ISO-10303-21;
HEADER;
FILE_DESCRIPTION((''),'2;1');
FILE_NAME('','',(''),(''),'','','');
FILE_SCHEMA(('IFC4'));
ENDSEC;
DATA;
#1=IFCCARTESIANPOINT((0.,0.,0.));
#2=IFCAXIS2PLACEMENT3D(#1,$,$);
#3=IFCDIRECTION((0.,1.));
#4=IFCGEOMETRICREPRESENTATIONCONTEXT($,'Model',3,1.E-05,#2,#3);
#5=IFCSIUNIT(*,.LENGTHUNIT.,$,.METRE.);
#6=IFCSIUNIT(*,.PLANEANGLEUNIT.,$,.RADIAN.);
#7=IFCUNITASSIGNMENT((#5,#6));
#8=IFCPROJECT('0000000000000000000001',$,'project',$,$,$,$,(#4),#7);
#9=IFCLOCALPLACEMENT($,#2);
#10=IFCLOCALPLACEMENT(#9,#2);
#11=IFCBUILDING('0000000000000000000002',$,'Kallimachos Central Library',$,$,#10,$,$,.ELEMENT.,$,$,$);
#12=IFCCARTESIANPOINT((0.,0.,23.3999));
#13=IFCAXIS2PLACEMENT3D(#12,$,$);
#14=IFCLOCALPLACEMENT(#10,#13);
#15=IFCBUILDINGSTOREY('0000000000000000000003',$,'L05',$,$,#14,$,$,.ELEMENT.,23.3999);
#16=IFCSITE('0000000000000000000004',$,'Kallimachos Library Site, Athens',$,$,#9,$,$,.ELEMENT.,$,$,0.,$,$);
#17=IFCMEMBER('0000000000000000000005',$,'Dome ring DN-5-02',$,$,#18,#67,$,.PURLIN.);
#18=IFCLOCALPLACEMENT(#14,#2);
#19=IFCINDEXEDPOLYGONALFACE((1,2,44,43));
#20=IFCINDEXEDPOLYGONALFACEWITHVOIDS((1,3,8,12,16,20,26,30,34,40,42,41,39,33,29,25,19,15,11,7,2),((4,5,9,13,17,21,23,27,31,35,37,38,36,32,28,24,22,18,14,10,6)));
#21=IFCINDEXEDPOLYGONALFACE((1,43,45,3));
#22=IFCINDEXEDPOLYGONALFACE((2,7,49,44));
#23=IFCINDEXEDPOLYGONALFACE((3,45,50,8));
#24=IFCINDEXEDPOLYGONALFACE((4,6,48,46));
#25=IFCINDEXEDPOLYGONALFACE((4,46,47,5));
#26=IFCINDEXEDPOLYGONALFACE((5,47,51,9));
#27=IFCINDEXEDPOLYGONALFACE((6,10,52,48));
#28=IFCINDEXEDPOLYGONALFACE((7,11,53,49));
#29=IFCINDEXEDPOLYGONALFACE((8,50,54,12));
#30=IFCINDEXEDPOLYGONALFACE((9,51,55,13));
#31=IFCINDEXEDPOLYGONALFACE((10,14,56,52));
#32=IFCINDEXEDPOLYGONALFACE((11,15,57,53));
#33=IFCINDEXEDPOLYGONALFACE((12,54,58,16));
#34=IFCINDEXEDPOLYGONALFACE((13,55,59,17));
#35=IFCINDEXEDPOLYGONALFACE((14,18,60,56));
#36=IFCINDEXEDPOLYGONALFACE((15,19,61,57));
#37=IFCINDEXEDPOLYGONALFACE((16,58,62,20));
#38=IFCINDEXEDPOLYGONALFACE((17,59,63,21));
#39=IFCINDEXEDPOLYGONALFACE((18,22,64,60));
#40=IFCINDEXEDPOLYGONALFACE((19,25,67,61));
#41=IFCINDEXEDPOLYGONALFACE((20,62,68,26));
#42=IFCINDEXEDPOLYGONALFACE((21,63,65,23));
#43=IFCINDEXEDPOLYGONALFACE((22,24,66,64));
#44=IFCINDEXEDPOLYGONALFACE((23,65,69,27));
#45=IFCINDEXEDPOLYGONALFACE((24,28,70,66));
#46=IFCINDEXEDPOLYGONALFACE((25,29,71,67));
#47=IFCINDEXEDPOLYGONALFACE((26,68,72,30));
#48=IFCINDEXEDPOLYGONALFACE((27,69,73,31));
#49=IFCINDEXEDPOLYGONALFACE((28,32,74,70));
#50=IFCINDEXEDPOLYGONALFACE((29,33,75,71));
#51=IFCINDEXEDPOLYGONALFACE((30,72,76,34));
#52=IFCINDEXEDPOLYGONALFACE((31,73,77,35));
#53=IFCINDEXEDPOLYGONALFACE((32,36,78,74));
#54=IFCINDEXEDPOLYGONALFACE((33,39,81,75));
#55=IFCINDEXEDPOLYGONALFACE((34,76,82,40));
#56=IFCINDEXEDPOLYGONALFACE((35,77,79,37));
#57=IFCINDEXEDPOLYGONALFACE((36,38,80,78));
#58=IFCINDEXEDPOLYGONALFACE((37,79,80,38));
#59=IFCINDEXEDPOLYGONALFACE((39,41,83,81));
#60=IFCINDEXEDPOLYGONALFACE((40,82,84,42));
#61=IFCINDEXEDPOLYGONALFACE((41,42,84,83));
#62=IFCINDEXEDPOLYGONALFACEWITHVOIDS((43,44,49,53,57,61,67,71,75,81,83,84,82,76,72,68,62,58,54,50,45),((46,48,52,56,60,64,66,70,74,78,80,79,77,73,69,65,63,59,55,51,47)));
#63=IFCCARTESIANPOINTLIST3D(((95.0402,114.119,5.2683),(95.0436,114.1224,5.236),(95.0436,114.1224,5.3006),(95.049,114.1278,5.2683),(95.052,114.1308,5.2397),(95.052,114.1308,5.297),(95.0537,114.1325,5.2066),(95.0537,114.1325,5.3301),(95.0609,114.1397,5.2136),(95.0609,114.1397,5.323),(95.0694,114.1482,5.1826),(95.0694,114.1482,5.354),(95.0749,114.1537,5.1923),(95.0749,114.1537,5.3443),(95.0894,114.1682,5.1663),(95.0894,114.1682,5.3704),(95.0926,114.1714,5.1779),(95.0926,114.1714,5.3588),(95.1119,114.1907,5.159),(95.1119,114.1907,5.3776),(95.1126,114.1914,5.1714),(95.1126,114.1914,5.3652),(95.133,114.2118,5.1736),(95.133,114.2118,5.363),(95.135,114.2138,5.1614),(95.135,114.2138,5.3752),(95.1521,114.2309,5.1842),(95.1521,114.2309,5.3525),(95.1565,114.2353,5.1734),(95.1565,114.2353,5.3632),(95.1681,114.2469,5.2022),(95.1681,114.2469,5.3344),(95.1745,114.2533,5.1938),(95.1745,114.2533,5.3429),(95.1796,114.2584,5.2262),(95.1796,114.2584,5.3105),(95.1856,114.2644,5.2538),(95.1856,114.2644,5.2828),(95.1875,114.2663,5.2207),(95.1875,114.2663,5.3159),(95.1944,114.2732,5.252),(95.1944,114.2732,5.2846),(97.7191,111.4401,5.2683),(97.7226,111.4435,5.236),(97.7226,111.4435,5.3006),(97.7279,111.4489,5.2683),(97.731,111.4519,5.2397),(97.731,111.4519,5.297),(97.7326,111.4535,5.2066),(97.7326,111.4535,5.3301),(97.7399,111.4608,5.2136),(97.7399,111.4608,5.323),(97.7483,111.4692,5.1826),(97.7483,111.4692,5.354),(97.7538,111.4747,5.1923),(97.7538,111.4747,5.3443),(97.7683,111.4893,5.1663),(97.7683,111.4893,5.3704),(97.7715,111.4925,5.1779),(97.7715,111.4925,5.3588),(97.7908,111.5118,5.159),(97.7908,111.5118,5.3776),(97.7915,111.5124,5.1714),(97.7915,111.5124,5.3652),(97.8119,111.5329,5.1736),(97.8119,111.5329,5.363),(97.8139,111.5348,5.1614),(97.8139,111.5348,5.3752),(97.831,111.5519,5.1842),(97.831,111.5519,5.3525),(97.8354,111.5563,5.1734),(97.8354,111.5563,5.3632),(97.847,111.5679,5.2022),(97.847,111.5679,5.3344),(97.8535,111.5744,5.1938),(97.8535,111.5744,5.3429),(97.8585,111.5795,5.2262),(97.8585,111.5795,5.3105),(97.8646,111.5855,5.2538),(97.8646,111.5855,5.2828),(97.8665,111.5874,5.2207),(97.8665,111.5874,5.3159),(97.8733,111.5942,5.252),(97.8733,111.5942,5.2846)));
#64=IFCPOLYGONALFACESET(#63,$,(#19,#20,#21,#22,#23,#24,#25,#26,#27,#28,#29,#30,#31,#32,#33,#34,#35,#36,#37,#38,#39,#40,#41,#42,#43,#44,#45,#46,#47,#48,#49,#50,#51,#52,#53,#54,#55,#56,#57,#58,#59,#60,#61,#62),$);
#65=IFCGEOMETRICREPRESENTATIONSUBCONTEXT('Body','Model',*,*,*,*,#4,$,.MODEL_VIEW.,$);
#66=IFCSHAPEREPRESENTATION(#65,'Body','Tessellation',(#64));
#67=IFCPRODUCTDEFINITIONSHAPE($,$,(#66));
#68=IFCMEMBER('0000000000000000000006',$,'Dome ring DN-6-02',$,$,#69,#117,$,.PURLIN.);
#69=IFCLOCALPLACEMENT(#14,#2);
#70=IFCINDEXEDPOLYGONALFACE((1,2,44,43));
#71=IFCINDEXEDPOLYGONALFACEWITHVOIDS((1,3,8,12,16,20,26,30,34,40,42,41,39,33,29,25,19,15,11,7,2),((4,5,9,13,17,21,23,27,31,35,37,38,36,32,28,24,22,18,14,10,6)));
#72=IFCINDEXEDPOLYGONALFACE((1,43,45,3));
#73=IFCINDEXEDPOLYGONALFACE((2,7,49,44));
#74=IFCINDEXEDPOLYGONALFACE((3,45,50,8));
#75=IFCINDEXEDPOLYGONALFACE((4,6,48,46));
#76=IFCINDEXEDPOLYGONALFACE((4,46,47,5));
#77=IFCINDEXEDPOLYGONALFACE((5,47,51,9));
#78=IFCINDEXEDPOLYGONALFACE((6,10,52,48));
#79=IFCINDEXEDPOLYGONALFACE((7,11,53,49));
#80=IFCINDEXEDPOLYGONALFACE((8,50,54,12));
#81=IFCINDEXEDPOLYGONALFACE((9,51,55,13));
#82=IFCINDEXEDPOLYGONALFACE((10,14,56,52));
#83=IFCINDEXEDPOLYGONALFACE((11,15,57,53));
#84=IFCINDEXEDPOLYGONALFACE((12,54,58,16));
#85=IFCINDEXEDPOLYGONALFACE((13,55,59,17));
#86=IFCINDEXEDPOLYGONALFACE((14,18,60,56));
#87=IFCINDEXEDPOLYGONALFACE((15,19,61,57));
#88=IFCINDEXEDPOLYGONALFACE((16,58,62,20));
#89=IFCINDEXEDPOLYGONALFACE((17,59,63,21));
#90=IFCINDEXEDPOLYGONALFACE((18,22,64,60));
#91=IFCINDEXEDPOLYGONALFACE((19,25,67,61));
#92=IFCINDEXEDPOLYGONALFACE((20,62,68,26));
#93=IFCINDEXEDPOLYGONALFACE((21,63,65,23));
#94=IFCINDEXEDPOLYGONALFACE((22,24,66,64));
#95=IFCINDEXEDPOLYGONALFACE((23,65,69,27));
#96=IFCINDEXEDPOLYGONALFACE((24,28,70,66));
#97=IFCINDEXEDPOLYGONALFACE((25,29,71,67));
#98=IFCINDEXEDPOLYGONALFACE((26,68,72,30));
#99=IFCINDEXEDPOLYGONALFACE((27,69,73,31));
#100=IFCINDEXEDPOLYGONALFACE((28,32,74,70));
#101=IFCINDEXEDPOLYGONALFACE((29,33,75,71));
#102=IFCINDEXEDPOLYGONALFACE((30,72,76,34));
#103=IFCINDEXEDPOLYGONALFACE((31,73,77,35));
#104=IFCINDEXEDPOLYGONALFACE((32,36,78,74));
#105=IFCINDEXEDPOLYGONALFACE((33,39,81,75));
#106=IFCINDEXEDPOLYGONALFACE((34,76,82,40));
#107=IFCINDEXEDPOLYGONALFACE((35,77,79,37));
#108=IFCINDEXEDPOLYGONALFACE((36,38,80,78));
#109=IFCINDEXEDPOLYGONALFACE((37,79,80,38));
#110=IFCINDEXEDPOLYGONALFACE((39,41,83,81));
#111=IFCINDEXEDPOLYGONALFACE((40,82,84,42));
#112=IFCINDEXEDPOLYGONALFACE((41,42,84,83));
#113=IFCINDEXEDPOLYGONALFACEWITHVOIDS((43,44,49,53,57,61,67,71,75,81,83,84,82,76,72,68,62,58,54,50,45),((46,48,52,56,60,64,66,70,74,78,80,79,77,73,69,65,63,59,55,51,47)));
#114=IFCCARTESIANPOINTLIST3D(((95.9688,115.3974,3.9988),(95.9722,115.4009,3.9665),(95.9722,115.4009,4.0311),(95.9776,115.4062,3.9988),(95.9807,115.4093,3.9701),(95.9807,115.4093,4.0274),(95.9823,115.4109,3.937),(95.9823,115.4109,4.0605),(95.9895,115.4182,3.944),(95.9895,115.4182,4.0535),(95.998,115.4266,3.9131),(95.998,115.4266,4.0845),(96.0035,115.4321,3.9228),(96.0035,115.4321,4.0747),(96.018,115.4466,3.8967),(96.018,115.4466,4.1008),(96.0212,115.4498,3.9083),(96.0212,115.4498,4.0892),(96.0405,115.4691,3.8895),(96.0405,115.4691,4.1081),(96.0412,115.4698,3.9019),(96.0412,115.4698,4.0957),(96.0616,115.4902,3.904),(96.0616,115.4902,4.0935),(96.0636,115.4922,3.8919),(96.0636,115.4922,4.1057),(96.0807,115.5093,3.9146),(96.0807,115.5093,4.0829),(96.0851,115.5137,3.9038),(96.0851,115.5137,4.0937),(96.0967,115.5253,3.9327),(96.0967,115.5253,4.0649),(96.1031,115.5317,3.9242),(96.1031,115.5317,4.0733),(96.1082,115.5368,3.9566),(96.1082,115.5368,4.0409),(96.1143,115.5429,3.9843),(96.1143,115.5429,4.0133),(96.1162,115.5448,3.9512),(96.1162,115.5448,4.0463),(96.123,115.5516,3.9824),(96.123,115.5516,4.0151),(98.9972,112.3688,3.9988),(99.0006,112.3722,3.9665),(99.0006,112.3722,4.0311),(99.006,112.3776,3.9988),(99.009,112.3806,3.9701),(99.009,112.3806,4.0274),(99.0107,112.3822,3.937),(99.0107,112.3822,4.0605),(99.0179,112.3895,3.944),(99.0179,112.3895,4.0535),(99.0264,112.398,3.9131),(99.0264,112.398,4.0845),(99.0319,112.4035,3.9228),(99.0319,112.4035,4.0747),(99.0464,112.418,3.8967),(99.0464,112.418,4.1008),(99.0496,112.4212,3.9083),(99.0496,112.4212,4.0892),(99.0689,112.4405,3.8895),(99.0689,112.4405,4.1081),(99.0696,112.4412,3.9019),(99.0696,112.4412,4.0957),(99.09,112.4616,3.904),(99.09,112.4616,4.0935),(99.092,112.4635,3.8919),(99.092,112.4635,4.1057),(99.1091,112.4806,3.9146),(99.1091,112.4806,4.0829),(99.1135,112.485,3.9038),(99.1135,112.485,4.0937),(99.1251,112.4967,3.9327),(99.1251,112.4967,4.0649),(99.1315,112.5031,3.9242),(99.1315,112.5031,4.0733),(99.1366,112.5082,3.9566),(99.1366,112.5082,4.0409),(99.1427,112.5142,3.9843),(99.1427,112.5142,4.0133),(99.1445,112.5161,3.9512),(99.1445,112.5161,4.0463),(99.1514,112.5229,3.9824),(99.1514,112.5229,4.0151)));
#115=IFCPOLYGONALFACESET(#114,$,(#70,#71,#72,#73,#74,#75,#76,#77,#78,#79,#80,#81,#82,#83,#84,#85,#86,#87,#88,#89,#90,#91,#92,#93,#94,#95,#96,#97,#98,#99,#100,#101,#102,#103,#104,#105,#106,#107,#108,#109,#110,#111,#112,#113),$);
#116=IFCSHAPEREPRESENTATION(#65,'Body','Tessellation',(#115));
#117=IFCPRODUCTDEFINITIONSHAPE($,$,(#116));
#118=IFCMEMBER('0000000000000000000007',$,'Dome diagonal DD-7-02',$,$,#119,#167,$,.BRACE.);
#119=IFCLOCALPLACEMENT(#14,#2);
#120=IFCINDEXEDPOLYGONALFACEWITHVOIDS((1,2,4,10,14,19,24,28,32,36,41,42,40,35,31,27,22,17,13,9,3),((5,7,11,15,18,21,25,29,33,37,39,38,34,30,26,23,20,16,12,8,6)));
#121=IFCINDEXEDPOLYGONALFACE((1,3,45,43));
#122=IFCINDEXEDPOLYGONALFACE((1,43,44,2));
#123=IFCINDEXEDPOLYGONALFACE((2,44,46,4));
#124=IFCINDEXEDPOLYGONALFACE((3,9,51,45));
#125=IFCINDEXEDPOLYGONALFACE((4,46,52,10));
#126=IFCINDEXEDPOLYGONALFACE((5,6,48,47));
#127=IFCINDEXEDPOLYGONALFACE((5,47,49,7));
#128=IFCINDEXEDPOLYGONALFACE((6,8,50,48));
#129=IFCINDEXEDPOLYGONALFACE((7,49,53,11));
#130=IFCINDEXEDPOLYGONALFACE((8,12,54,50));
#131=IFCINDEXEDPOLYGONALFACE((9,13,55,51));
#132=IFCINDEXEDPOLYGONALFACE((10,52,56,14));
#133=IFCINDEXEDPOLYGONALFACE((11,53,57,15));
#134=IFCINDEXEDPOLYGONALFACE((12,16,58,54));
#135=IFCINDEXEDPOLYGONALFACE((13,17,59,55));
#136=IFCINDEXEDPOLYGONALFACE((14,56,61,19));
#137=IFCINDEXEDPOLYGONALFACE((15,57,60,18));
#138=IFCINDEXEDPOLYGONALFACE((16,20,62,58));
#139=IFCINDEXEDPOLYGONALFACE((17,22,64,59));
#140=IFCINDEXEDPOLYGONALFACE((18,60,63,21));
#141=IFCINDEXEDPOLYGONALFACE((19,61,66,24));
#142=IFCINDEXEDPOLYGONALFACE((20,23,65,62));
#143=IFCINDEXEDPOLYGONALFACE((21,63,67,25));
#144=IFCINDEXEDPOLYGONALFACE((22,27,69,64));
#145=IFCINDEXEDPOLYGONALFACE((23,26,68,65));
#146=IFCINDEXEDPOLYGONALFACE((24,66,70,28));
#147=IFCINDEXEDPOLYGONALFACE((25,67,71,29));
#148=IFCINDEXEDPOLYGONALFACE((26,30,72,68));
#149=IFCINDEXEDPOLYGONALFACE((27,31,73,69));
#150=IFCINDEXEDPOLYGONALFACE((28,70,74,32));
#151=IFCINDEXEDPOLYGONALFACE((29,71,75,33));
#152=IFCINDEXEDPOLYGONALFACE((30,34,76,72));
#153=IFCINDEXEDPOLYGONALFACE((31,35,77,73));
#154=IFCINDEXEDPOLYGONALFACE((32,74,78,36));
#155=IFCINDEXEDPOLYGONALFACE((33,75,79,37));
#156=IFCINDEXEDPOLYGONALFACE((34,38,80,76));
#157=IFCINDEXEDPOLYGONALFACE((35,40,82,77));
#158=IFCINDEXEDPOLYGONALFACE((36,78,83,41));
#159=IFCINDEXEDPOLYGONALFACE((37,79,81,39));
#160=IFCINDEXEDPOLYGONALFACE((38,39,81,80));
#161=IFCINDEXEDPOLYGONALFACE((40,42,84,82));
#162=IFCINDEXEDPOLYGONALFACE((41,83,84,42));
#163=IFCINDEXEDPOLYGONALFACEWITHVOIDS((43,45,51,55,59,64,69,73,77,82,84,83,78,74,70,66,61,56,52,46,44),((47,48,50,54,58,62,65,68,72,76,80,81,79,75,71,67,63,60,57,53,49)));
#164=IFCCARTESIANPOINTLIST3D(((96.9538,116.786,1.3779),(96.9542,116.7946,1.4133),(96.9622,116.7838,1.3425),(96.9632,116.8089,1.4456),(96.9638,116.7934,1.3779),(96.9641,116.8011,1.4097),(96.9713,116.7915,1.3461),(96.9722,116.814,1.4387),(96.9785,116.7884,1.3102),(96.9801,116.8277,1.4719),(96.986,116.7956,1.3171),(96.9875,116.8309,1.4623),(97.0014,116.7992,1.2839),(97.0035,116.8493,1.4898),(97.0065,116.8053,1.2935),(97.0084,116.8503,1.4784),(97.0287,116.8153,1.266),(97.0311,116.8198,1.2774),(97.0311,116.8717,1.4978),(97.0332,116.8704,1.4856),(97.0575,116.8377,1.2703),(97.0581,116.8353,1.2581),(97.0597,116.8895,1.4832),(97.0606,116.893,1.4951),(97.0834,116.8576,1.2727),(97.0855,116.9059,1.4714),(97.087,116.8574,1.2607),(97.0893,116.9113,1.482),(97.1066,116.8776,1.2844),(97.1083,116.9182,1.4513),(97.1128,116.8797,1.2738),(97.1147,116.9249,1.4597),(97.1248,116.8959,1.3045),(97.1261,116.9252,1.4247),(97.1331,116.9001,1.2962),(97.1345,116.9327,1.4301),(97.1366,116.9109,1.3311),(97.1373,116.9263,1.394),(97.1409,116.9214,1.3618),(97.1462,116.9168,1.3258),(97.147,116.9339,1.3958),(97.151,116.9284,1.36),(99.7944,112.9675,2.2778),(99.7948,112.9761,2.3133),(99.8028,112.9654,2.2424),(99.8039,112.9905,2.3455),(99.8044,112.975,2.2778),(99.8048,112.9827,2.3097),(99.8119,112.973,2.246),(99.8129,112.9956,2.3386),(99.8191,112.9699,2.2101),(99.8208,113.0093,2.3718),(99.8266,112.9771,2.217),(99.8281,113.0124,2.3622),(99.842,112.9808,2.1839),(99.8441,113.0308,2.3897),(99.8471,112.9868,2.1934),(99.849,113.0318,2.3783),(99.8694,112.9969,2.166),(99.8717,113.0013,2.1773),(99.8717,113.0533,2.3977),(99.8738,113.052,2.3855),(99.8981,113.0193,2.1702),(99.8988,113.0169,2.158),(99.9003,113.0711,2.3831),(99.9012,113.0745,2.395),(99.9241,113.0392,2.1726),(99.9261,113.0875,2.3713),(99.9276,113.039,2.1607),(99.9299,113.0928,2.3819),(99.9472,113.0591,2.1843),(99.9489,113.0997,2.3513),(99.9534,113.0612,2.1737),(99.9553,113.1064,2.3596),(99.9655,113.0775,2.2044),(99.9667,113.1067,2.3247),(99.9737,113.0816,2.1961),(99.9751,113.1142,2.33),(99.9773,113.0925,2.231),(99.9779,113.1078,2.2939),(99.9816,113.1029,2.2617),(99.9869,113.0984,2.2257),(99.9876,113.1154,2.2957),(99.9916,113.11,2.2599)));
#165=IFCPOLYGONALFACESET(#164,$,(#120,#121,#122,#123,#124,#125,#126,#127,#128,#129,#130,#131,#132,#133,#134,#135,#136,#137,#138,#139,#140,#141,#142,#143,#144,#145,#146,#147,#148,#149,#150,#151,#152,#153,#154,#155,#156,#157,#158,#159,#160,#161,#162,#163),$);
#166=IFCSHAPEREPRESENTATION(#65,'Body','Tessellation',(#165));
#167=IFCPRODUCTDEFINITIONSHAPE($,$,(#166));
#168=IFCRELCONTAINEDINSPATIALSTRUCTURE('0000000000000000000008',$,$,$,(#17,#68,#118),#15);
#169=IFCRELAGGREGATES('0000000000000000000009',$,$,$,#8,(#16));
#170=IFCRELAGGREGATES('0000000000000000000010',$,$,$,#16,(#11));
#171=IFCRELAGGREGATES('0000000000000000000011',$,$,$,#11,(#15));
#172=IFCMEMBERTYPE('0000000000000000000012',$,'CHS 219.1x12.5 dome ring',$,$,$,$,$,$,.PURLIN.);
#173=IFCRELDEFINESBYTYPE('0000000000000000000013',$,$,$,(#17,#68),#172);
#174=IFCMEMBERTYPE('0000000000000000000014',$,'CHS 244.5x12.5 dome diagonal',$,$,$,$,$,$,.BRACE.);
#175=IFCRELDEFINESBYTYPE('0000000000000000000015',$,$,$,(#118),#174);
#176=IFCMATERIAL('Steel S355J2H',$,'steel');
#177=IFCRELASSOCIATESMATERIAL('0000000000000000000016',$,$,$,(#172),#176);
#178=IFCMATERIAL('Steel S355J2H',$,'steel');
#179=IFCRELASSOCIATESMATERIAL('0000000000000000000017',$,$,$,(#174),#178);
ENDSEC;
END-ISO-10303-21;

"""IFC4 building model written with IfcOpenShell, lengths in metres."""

from ifc_helpers import new_model, si_unit, direction, frame, origin, origin_2d, place, context, subcontext, project, spatial, hollow_circle, extrude, material, material_profile, profile_set, type_object, element, save


model = new_model("IFC4")

# Units and contexts
model_context = context("Model", 3, precision=1e-05, world=origin(), true_north=direction((0.0, 1.0)))
body_context = subcontext(model_context, "Body", "Model", "MODEL_VIEW")
ifc_project = project(units=[si_unit("LENGTHUNIT", "METRE"), si_unit("PLANEANGLEUNIT", "RADIAN")], contexts=[model_context])

# Site, building, storey
site_placement = place(None, origin())
site = spatial("IfcSite", under=ifc_project, at=site_placement, Name="Kallimachos Library Site, Athens", CompositionType="ELEMENT", RefElevation=0.0)
building_placement = place(site_placement, origin())
building = spatial("IfcBuilding", under=site, at=building_placement, Name="Kallimachos Central Library", CompositionType="ELEMENT")
storey_placement = place(building_placement, frame((0.0, 0.0, 23.3999)))
storey = spatial("IfcBuildingStorey", under=building, at=storey_placement, Name="L05", CompositionType="ELEMENT", Elevation=23.3999)

# Members
ifc_material_1 = material(Name="Steel S355J2H", Category="steel")
ifc_material_profile_1 = material_profile(ifc_material_1, hollow_circle(Radius=0.1096, WallThickness=0.0125, at=origin_2d()), Name="CHS 219.1x12.5")
ifc_profile_set_1 = profile_set([ifc_material_profile_1], Name="Steel S355J2H")
member_type_1 = type_object("IfcMemberType", Name="CHS 219.1x12.5 dome ring", PredefinedType="PURLIN", material=ifc_profile_set_1)
for number, where, z_axis, x_axis, name in (
    (1, (97.7966, 111.5176, 5.2683), (-0.707107, 0.707107, 0.0), (-0.707107, -0.707107, 0.0), "Dome ring DN-5-02"),
):
    element("IfcMember", number, at=place(storey_placement, frame(where, z_axis=z_axis, x_axis=x_axis)), inside=storey, type_object=member_type_1, Name=name, PredefinedType="PURLIN", context=body_context, shape_type="SweptSolid", body=[
        extrude(hollow_circle(Radius=0.1096, WallThickness=0.0125, at=origin_2d()), origin(), (0.0, 0.0, 1.0), 3.7886),
    ])
member_1_placement = place(storey_placement, frame((99.0747, 112.4463, 3.9988), z_axis=(-0.707078, 0.707135, 0.0), x_axis=(-0.707135, -0.707078, 0.0)))
element("IfcMember", 2, at=member_1_placement, inside=storey, type_object=member_type_1, Name="Dome ring DN-6-02", PredefinedType="PURLIN", context=body_context, shape_type="SweptSolid", body=[
    extrude(hollow_circle(Radius=0.1096, WallThickness=0.0125, at=origin_2d()), origin(), (0.0, 0.0, 1.0), 4.283),
])
ifc_material_2 = material(Name="Steel S355J2H", Category="steel")
ifc_material_profile_2 = material_profile(ifc_material_2, hollow_circle(Radius=0.1223, WallThickness=0.0125, at=origin_2d()), Name="CHS 244.5x12.5")
ifc_profile_set_2 = profile_set([ifc_material_profile_2], Name="Steel S355J2H")
member_type_2 = type_object("IfcMemberType", Name="CHS 244.5x12.5 dome diagonal", PredefinedType="BRACE", material=ifc_profile_set_2)
member_2_placement = place(storey_placement, frame((99.8926, 113.0405, 2.2778), z_axis=(-0.586483, 0.788363, -0.1858), x_axis=(-0.802333, -0.596876, 0.0)))
element("IfcMember", 3, at=member_2_placement, inside=storey, type_object=member_type_2, Name="Dome diagonal DD-7-02", PredefinedType="BRACE", context=body_context, shape_type="SweptSolid", body=[
    extrude(hollow_circle(Radius=0.1223, WallThickness=0.0125, at=origin_2d()), origin(), (0.0, 0.0, 1.0), 4.8435),
])

save(model, "model.ifc")
